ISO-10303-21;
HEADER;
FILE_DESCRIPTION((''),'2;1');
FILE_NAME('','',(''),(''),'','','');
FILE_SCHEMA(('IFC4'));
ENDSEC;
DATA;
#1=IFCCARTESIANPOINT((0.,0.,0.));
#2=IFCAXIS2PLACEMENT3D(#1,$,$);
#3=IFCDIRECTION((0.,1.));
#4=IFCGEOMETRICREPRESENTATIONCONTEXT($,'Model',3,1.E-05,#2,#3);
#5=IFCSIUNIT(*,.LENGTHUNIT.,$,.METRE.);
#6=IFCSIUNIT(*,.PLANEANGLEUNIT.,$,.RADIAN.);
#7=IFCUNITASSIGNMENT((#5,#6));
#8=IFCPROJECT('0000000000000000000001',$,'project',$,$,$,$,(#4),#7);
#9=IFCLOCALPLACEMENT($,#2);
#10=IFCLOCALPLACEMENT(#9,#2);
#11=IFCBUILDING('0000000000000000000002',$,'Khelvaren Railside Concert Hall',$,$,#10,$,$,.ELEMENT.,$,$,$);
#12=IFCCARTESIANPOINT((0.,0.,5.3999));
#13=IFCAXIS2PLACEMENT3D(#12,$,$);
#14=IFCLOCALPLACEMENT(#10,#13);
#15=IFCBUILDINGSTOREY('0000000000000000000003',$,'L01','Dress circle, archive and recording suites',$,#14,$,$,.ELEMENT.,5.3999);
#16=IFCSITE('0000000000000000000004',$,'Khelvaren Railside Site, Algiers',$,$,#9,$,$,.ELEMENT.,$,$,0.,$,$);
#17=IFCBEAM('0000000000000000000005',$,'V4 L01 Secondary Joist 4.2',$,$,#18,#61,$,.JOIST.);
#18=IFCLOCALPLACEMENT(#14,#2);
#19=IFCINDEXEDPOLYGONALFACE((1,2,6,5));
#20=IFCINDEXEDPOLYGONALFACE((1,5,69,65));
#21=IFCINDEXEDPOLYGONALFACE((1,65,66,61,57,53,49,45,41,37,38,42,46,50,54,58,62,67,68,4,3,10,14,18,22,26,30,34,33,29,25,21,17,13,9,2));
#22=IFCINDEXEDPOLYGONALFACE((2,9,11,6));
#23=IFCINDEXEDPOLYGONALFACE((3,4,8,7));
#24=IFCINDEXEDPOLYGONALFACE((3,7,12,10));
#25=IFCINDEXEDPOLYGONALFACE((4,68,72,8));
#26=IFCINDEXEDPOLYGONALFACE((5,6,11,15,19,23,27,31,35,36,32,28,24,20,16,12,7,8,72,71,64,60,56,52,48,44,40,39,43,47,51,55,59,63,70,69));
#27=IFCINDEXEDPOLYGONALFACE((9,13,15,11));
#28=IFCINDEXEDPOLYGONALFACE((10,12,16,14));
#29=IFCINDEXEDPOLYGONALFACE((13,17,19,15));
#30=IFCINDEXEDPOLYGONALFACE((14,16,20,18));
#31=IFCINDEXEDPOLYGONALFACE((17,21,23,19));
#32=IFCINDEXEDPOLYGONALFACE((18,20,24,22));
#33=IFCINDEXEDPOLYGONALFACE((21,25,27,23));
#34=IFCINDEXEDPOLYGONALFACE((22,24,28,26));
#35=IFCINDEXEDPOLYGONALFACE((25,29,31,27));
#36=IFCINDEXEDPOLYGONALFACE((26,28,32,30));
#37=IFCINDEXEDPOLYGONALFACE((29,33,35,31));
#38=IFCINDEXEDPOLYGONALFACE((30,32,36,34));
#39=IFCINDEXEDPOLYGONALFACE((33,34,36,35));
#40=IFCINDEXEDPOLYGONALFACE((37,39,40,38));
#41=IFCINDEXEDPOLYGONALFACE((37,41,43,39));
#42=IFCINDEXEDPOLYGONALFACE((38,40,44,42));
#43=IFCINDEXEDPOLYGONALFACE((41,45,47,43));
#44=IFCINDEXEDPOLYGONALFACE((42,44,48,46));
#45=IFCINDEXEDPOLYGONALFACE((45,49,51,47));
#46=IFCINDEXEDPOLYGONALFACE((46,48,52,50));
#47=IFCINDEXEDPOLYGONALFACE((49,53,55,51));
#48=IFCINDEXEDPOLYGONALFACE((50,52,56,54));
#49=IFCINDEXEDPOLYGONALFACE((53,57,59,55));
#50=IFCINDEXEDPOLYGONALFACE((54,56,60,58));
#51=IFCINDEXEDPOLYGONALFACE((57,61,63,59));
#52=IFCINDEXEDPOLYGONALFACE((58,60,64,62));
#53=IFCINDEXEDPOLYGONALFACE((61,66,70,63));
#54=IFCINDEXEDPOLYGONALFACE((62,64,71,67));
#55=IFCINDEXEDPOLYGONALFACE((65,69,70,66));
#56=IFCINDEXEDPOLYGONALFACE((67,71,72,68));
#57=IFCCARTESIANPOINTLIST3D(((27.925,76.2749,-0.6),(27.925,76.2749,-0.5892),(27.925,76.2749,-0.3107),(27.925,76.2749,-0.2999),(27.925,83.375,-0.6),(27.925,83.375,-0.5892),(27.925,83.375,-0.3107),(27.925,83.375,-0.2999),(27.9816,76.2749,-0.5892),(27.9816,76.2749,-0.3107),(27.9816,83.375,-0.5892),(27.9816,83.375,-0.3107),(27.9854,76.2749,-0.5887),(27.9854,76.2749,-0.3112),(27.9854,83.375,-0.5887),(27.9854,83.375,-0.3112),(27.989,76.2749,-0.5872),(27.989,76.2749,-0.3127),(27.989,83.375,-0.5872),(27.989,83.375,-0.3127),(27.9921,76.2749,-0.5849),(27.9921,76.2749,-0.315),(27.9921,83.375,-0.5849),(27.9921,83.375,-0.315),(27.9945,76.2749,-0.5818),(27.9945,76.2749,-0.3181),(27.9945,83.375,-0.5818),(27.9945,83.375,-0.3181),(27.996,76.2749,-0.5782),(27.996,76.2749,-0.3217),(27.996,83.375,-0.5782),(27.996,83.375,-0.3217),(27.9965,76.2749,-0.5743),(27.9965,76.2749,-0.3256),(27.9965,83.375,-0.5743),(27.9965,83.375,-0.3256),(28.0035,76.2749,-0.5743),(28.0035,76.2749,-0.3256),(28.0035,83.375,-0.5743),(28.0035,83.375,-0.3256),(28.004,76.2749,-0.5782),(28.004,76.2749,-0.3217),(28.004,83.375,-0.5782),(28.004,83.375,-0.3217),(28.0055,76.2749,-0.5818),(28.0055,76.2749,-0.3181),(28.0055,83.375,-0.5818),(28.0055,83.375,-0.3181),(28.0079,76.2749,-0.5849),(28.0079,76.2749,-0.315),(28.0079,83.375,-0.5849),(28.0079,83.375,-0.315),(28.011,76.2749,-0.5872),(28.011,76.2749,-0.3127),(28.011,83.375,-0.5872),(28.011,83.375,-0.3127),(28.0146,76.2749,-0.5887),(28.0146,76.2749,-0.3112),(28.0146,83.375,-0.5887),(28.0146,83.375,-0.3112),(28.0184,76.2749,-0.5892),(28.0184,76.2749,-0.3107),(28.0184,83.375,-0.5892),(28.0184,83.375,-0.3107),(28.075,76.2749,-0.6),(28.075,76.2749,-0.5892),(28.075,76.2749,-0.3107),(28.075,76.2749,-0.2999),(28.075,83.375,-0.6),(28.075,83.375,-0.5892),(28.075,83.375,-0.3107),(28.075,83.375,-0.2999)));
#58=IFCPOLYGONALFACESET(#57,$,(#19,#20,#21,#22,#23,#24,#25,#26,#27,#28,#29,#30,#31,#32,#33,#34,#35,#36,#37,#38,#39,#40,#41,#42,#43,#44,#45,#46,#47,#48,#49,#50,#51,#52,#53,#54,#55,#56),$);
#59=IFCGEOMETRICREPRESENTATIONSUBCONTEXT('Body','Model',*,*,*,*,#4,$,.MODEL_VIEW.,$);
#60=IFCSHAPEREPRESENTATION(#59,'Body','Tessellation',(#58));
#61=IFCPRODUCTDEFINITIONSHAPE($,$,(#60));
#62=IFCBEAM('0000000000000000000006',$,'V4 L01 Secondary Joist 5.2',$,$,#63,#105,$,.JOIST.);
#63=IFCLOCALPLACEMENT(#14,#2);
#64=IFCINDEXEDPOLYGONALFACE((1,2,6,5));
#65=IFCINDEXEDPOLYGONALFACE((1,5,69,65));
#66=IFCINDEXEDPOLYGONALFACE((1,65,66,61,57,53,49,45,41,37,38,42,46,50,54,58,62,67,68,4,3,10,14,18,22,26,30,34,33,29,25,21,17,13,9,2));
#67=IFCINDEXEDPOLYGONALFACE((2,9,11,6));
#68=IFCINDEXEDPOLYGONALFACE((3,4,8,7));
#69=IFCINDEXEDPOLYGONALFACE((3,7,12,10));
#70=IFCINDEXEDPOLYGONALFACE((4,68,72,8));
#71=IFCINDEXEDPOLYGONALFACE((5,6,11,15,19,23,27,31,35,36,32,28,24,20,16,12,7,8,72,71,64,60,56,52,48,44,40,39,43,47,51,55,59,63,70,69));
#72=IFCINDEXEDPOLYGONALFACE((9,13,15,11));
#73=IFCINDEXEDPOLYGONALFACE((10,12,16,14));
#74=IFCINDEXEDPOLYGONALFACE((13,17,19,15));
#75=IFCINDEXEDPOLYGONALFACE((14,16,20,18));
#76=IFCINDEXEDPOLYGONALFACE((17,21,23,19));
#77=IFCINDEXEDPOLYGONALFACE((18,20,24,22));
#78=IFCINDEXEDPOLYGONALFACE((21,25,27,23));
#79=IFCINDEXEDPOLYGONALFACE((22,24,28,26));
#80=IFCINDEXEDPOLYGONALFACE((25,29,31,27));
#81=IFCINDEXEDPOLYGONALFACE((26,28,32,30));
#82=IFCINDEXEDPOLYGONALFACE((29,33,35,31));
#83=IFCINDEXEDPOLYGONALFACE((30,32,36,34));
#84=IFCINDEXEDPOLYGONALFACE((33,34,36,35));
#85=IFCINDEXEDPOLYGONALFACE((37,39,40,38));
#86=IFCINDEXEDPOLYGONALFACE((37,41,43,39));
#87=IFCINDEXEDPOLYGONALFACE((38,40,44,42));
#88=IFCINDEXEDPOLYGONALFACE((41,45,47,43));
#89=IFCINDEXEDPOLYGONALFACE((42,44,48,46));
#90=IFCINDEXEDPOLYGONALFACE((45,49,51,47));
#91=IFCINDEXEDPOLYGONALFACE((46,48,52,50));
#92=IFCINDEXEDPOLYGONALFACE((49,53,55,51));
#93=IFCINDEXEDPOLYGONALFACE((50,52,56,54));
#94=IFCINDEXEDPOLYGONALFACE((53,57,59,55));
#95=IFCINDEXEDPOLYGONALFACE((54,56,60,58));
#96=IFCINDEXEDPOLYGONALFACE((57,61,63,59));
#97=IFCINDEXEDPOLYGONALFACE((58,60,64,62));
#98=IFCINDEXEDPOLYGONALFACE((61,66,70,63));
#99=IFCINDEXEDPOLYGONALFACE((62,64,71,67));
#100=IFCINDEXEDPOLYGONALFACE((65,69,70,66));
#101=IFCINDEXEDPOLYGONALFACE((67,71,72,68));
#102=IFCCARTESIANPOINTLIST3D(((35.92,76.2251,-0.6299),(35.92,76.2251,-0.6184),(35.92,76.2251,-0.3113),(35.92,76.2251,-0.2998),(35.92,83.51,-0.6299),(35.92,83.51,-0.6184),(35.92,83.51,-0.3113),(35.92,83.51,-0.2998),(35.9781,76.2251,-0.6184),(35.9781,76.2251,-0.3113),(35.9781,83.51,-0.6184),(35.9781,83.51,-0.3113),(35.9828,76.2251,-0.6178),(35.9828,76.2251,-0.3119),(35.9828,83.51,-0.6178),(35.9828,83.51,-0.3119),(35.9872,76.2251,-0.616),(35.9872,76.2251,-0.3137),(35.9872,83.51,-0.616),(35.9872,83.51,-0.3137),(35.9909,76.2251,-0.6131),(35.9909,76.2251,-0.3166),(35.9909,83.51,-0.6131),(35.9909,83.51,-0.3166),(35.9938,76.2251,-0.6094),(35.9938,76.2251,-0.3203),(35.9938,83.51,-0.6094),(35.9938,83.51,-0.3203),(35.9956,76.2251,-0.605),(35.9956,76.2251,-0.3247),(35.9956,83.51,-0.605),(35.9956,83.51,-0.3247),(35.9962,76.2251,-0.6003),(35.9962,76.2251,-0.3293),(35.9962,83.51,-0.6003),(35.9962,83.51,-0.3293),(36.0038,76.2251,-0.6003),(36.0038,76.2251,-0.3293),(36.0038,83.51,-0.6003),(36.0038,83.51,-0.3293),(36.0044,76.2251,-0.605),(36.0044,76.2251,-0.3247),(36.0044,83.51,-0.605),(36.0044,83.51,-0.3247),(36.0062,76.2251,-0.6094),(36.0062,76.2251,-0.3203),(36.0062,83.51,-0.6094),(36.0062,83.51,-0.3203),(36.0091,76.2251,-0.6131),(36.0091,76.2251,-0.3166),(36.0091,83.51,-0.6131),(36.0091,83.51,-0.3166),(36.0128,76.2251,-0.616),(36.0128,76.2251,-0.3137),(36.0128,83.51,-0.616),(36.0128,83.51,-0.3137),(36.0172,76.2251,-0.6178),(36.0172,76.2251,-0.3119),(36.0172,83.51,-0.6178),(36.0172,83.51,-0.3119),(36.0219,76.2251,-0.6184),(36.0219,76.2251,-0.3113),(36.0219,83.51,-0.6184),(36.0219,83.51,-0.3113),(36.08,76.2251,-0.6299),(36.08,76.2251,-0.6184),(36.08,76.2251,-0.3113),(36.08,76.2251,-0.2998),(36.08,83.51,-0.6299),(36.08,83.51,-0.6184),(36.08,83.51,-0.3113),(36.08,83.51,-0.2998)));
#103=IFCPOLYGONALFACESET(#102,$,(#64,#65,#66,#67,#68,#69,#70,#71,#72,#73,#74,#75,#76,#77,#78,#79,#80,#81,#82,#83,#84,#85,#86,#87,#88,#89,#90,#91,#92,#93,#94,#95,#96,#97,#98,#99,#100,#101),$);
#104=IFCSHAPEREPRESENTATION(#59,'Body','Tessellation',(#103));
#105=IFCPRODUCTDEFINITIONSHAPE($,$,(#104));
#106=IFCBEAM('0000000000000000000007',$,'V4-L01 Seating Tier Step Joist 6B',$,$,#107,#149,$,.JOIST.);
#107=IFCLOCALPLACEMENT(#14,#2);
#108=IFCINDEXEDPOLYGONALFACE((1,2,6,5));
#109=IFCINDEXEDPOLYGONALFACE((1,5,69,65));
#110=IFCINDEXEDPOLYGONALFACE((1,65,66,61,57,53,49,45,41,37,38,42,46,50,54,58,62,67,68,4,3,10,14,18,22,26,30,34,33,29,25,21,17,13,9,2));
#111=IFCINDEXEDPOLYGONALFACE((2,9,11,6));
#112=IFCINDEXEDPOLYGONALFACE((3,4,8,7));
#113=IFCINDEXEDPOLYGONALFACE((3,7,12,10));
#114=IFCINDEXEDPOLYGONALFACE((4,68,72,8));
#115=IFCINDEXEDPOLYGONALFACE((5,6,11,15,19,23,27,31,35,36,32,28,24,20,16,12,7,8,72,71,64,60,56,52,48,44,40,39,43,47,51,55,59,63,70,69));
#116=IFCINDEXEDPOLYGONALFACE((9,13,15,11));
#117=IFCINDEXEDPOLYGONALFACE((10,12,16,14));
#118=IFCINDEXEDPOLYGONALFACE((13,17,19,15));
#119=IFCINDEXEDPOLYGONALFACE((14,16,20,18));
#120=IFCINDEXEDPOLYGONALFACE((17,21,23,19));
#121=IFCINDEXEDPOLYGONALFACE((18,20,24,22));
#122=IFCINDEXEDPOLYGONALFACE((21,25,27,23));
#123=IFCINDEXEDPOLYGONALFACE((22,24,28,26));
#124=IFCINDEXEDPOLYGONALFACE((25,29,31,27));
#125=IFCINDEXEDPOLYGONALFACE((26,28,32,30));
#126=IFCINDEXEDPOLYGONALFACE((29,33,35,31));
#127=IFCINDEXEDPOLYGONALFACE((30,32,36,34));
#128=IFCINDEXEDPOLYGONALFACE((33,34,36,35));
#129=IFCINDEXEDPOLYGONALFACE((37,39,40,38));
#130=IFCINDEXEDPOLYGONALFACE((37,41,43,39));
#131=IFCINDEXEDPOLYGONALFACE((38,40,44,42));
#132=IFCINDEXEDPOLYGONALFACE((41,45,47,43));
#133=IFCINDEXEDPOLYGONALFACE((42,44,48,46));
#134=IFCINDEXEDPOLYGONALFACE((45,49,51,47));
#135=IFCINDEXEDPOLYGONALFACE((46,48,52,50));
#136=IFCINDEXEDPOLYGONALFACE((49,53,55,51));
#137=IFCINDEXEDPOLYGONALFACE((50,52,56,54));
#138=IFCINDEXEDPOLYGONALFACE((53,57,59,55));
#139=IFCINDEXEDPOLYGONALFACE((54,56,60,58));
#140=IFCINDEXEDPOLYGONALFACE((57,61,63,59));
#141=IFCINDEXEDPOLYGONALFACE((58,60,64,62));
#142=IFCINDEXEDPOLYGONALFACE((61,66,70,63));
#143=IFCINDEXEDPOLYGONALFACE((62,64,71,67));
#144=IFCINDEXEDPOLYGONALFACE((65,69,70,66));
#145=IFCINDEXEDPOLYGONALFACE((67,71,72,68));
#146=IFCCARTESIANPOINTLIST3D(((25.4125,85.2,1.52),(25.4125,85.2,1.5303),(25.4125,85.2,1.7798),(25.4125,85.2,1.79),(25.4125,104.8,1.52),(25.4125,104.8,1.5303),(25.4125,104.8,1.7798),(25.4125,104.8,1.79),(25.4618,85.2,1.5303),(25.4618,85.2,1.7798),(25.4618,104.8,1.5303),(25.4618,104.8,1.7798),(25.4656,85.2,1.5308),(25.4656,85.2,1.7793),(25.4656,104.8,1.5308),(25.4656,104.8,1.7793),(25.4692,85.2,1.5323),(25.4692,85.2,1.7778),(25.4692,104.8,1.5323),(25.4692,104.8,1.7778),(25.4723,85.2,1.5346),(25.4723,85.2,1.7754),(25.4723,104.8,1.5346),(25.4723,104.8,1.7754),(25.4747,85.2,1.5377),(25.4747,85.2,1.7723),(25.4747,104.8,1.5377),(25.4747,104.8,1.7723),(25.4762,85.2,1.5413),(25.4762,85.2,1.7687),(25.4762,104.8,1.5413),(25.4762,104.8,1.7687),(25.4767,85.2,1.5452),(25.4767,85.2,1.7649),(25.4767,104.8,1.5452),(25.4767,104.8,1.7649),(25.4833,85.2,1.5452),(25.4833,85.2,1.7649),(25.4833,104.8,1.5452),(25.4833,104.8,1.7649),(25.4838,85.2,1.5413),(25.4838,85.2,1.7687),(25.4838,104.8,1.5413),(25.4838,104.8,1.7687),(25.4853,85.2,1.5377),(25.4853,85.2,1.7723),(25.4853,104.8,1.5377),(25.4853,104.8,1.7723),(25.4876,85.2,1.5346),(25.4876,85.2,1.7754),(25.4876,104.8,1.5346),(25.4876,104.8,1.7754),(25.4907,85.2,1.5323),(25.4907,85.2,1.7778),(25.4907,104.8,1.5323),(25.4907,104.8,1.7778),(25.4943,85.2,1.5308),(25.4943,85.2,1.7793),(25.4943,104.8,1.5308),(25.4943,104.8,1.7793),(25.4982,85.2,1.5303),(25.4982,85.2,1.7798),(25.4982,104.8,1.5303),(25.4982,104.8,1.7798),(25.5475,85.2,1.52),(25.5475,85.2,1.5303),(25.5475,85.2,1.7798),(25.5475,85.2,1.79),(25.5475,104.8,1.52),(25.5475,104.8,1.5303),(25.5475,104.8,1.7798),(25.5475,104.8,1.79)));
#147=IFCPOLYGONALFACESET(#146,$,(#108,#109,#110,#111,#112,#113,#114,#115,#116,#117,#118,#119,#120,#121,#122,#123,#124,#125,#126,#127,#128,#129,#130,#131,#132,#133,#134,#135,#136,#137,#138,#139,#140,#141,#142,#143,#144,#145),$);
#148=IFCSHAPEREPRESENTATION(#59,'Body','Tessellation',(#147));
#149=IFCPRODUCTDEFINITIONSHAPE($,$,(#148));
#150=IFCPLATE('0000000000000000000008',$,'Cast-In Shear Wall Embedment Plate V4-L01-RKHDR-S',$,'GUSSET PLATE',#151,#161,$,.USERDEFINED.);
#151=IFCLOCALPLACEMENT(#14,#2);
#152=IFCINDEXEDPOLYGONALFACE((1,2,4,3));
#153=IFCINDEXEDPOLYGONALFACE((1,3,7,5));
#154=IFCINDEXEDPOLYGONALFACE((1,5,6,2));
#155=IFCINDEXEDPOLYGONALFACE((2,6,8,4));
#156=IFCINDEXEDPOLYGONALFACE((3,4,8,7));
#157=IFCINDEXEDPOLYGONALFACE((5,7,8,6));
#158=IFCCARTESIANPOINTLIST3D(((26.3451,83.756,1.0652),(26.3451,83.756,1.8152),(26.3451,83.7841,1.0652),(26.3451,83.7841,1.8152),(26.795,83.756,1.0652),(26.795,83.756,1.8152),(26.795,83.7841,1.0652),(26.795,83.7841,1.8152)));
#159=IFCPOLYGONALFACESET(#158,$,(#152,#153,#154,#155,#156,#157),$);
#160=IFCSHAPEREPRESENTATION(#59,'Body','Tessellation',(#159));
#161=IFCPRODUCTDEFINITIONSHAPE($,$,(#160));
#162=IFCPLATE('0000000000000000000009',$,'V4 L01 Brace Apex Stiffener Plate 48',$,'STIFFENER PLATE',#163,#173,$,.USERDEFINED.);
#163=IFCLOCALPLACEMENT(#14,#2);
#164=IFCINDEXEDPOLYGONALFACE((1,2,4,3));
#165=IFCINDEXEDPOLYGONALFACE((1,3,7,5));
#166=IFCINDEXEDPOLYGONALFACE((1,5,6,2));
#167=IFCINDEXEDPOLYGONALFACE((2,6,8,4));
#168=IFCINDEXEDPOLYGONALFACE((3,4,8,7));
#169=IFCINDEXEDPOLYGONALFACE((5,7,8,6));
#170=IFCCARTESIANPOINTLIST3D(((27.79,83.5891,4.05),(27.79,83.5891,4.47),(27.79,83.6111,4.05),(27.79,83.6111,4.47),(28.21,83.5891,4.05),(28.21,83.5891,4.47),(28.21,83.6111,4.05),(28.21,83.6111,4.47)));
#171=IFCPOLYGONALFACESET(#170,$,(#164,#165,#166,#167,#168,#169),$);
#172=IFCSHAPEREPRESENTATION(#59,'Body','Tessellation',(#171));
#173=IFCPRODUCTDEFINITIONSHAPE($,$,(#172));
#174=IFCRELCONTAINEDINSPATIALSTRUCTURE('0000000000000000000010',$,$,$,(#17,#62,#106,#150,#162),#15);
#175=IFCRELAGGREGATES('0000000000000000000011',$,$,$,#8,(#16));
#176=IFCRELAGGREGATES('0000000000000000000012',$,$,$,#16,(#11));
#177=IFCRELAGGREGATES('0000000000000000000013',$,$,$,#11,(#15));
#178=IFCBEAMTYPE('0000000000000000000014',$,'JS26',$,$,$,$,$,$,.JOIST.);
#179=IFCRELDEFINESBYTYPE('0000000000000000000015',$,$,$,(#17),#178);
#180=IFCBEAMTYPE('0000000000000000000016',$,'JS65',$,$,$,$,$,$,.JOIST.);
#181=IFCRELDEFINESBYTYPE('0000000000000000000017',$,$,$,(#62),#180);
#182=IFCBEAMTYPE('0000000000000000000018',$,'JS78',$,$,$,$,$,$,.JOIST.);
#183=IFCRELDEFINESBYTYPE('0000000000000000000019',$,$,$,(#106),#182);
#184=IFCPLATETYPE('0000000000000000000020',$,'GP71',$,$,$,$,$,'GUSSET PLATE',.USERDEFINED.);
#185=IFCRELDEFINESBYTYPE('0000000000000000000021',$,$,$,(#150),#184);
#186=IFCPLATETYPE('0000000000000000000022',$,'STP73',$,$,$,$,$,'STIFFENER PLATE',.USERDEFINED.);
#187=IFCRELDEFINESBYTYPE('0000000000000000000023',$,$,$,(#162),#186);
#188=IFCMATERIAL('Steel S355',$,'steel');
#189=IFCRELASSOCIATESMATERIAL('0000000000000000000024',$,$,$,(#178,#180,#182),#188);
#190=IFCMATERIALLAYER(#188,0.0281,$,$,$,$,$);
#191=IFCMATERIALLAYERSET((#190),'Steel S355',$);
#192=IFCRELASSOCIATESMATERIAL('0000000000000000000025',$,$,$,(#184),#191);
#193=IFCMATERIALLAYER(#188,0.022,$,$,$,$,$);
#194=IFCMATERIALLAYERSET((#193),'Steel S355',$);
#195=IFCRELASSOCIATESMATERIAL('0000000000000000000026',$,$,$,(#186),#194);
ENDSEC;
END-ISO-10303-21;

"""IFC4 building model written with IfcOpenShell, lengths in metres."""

from ifc_helpers import new_model, si_unit, direction, frame, origin, origin_2d, place, context, subcontext, project, spatial, rectangle, i_section, extrude, material, layer, layer_set, material_profile, profile_set, type_object, element, save


model = new_model("IFC4")

# Units and contexts
model_context = context("Model", 3, precision=1e-05, world=origin(), true_north=direction((0.0, 1.0)))
body_context = subcontext(model_context, "Body", "Model", "MODEL_VIEW")
ifc_project = project(units=[si_unit("LENGTHUNIT", "METRE"), si_unit("PLANEANGLEUNIT", "RADIAN")], contexts=[model_context])

# Site, building, storey
site_placement = place(None, origin())
site = spatial("IfcSite", under=ifc_project, at=site_placement, Name="Khelvaren Railside Site, Algiers", CompositionType="ELEMENT", RefElevation=0.0)
building_placement = place(site_placement, origin())
building = spatial("IfcBuilding", under=site, at=building_placement, Name="Khelvaren Railside Concert Hall", CompositionType="ELEMENT")
storey_placement = place(building_placement, frame((0.0, 0.0, 5.3999)))
storey = spatial("IfcBuildingStorey", under=building, at=storey_placement, Name="L01", Description="Dress circle, archive and recording suites", CompositionType="ELEMENT", Elevation=5.3999)

# Shared definitions
ifc_material_1 = material(Name="Steel S355", Category="steel")

# Beams
ifc_material_profile_1 = material_profile(ifc_material_1, i_section(OverallWidth=0.1499, OverallDepth=0.3, WebThickness=0.0071, FlangeThickness=0.0107, FilletRadius=0.0149, at=origin_2d()), Name="IPE 300")
ifc_profile_set_1 = profile_set([ifc_material_profile_1], Name="Steel S355")
beam_type_1 = type_object("IfcBeamType", Name="JS26", PredefinedType="JOIST", material=ifc_profile_set_1)
beam_1_placement = place(storey_placement, frame((28.0, 76.2749, -0.45), z_axis=(0.0, 1.0, 0.0), x_axis=(-1.0, 0.0, 0.0)))
element("IfcBeam", 1, at=beam_1_placement, inside=storey, type_object=beam_type_1, Name="V4 L01 Secondary Joist 4.2", PredefinedType="JOIST", context=body_context, shape_type="SweptSolid", body=[
    extrude(i_section(OverallWidth=0.1499, OverallDepth=0.3, WebThickness=0.0071, FlangeThickness=0.0107, FilletRadius=0.0149, at=origin_2d()), origin(), (0.0, 0.0, 1.0), 7.1001),
])
ifc_material_profile_2 = material_profile(ifc_material_1, i_section(OverallWidth=0.1599, OverallDepth=0.3301, WebThickness=0.0076, FlangeThickness=0.0115, FilletRadius=0.0181, at=origin_2d()), Name="IPE 330")
ifc_profile_set_2 = profile_set([ifc_material_profile_2], Name="Steel S355")
beam_type_2 = type_object("IfcBeamType", Name="JS65", PredefinedType="JOIST", material=ifc_profile_set_2)
beam_2_placement = place(storey_placement, frame((36.0, 76.2251, -0.4648), z_axis=(0.0, 1.0, 0.0), x_axis=(-1.0, 0.0, 0.0)))
element("IfcBeam", 2, at=beam_2_placement, inside=storey, type_object=beam_type_2, Name="V4 L01 Secondary Joist 5.2", PredefinedType="JOIST", context=body_context, shape_type="SweptSolid", body=[
    extrude(i_section(OverallWidth=0.1599, OverallDepth=0.3301, WebThickness=0.0076, FlangeThickness=0.0115, FilletRadius=0.0181, at=origin_2d()), origin(), (0.0, 0.0, 1.0), 7.2849),
])
ifc_material_profile_3 = material_profile(ifc_material_1, i_section(OverallWidth=0.135, OverallDepth=0.27, WebThickness=0.0066, FlangeThickness=0.0103, FilletRadius=0.0149, at=origin_2d()), Name="IPE 270")
ifc_profile_set_3 = profile_set([ifc_material_profile_3], Name="Steel S355")
beam_type_3 = type_object("IfcBeamType", Name="JS78", PredefinedType="JOIST", material=ifc_profile_set_3)
beam_3_placement = place(storey_placement, frame((25.48, 85.2, 1.655), z_axis=(0.0, 1.0, 0.0), x_axis=(-1.0, 0.0, 0.0)))
element("IfcBeam", 3, at=beam_3_placement, inside=storey, type_object=beam_type_3, Name="V4-L01 Seating Tier Step Joist 6B", PredefinedType="JOIST", context=body_context, shape_type="SweptSolid", body=[
    extrude(i_section(OverallWidth=0.135, OverallDepth=0.27, WebThickness=0.0066, FlangeThickness=0.0103, FilletRadius=0.0149, at=origin_2d()), origin(), (0.0, 0.0, 1.0), 19.6001),
])

# Plates
ifc_layer_1 = layer(ifc_material_1, 0.0281)
ifc_layer_set_1 = layer_set([ifc_layer_1], Name="Steel S355")
plate_type_1 = type_object("IfcPlateType", Name="GP71", ElementType="GUSSET PLATE", PredefinedType="USERDEFINED", material=ifc_layer_set_1)
plate_1_placement = place(storey_placement, frame((26.5701, 83.77, 1.0652), z_axis=(0.0, 0.0, 1.0), x_axis=(1.0, 0.0, 0.0)))
element("IfcPlate", 4, at=plate_1_placement, inside=storey, type_object=plate_type_1, Name="Cast-In Shear Wall Embedment Plate V4-L01-RKHDR-S", ObjectType="GUSSET PLATE", PredefinedType="USERDEFINED", context=body_context, shape_type="SweptSolid", body=[
    extrude(rectangle(XDim=0.45, YDim=0.0281, at=origin_2d()), origin(), (0.0, 0.0, 1.0), 0.75),
])
ifc_layer_2 = layer(ifc_material_1, 0.022)
ifc_layer_set_2 = layer_set([ifc_layer_2], Name="Steel S355")
plate_type_2 = type_object("IfcPlateType", Name="STP73", ElementType="STIFFENER PLATE", PredefinedType="USERDEFINED", material=ifc_layer_set_2)
plate_2_placement = place(storey_placement, frame((28.0, 83.6001, 4.05), z_axis=(0.0, 0.0, 1.0), x_axis=(1.0, 0.0, 0.0)))
element("IfcPlate", 5, at=plate_2_placement, inside=storey, type_object=plate_type_2, Name="V4 L01 Brace Apex Stiffener Plate 48", ObjectType="STIFFENER PLATE", PredefinedType="USERDEFINED", context=body_context, shape_type="SweptSolid", body=[
    extrude(rectangle(XDim=0.4199, YDim=0.022, at=origin_2d()), origin(), (0.0, 0.0, 1.0), 0.4199),
])

save(model, "model.ifc")
